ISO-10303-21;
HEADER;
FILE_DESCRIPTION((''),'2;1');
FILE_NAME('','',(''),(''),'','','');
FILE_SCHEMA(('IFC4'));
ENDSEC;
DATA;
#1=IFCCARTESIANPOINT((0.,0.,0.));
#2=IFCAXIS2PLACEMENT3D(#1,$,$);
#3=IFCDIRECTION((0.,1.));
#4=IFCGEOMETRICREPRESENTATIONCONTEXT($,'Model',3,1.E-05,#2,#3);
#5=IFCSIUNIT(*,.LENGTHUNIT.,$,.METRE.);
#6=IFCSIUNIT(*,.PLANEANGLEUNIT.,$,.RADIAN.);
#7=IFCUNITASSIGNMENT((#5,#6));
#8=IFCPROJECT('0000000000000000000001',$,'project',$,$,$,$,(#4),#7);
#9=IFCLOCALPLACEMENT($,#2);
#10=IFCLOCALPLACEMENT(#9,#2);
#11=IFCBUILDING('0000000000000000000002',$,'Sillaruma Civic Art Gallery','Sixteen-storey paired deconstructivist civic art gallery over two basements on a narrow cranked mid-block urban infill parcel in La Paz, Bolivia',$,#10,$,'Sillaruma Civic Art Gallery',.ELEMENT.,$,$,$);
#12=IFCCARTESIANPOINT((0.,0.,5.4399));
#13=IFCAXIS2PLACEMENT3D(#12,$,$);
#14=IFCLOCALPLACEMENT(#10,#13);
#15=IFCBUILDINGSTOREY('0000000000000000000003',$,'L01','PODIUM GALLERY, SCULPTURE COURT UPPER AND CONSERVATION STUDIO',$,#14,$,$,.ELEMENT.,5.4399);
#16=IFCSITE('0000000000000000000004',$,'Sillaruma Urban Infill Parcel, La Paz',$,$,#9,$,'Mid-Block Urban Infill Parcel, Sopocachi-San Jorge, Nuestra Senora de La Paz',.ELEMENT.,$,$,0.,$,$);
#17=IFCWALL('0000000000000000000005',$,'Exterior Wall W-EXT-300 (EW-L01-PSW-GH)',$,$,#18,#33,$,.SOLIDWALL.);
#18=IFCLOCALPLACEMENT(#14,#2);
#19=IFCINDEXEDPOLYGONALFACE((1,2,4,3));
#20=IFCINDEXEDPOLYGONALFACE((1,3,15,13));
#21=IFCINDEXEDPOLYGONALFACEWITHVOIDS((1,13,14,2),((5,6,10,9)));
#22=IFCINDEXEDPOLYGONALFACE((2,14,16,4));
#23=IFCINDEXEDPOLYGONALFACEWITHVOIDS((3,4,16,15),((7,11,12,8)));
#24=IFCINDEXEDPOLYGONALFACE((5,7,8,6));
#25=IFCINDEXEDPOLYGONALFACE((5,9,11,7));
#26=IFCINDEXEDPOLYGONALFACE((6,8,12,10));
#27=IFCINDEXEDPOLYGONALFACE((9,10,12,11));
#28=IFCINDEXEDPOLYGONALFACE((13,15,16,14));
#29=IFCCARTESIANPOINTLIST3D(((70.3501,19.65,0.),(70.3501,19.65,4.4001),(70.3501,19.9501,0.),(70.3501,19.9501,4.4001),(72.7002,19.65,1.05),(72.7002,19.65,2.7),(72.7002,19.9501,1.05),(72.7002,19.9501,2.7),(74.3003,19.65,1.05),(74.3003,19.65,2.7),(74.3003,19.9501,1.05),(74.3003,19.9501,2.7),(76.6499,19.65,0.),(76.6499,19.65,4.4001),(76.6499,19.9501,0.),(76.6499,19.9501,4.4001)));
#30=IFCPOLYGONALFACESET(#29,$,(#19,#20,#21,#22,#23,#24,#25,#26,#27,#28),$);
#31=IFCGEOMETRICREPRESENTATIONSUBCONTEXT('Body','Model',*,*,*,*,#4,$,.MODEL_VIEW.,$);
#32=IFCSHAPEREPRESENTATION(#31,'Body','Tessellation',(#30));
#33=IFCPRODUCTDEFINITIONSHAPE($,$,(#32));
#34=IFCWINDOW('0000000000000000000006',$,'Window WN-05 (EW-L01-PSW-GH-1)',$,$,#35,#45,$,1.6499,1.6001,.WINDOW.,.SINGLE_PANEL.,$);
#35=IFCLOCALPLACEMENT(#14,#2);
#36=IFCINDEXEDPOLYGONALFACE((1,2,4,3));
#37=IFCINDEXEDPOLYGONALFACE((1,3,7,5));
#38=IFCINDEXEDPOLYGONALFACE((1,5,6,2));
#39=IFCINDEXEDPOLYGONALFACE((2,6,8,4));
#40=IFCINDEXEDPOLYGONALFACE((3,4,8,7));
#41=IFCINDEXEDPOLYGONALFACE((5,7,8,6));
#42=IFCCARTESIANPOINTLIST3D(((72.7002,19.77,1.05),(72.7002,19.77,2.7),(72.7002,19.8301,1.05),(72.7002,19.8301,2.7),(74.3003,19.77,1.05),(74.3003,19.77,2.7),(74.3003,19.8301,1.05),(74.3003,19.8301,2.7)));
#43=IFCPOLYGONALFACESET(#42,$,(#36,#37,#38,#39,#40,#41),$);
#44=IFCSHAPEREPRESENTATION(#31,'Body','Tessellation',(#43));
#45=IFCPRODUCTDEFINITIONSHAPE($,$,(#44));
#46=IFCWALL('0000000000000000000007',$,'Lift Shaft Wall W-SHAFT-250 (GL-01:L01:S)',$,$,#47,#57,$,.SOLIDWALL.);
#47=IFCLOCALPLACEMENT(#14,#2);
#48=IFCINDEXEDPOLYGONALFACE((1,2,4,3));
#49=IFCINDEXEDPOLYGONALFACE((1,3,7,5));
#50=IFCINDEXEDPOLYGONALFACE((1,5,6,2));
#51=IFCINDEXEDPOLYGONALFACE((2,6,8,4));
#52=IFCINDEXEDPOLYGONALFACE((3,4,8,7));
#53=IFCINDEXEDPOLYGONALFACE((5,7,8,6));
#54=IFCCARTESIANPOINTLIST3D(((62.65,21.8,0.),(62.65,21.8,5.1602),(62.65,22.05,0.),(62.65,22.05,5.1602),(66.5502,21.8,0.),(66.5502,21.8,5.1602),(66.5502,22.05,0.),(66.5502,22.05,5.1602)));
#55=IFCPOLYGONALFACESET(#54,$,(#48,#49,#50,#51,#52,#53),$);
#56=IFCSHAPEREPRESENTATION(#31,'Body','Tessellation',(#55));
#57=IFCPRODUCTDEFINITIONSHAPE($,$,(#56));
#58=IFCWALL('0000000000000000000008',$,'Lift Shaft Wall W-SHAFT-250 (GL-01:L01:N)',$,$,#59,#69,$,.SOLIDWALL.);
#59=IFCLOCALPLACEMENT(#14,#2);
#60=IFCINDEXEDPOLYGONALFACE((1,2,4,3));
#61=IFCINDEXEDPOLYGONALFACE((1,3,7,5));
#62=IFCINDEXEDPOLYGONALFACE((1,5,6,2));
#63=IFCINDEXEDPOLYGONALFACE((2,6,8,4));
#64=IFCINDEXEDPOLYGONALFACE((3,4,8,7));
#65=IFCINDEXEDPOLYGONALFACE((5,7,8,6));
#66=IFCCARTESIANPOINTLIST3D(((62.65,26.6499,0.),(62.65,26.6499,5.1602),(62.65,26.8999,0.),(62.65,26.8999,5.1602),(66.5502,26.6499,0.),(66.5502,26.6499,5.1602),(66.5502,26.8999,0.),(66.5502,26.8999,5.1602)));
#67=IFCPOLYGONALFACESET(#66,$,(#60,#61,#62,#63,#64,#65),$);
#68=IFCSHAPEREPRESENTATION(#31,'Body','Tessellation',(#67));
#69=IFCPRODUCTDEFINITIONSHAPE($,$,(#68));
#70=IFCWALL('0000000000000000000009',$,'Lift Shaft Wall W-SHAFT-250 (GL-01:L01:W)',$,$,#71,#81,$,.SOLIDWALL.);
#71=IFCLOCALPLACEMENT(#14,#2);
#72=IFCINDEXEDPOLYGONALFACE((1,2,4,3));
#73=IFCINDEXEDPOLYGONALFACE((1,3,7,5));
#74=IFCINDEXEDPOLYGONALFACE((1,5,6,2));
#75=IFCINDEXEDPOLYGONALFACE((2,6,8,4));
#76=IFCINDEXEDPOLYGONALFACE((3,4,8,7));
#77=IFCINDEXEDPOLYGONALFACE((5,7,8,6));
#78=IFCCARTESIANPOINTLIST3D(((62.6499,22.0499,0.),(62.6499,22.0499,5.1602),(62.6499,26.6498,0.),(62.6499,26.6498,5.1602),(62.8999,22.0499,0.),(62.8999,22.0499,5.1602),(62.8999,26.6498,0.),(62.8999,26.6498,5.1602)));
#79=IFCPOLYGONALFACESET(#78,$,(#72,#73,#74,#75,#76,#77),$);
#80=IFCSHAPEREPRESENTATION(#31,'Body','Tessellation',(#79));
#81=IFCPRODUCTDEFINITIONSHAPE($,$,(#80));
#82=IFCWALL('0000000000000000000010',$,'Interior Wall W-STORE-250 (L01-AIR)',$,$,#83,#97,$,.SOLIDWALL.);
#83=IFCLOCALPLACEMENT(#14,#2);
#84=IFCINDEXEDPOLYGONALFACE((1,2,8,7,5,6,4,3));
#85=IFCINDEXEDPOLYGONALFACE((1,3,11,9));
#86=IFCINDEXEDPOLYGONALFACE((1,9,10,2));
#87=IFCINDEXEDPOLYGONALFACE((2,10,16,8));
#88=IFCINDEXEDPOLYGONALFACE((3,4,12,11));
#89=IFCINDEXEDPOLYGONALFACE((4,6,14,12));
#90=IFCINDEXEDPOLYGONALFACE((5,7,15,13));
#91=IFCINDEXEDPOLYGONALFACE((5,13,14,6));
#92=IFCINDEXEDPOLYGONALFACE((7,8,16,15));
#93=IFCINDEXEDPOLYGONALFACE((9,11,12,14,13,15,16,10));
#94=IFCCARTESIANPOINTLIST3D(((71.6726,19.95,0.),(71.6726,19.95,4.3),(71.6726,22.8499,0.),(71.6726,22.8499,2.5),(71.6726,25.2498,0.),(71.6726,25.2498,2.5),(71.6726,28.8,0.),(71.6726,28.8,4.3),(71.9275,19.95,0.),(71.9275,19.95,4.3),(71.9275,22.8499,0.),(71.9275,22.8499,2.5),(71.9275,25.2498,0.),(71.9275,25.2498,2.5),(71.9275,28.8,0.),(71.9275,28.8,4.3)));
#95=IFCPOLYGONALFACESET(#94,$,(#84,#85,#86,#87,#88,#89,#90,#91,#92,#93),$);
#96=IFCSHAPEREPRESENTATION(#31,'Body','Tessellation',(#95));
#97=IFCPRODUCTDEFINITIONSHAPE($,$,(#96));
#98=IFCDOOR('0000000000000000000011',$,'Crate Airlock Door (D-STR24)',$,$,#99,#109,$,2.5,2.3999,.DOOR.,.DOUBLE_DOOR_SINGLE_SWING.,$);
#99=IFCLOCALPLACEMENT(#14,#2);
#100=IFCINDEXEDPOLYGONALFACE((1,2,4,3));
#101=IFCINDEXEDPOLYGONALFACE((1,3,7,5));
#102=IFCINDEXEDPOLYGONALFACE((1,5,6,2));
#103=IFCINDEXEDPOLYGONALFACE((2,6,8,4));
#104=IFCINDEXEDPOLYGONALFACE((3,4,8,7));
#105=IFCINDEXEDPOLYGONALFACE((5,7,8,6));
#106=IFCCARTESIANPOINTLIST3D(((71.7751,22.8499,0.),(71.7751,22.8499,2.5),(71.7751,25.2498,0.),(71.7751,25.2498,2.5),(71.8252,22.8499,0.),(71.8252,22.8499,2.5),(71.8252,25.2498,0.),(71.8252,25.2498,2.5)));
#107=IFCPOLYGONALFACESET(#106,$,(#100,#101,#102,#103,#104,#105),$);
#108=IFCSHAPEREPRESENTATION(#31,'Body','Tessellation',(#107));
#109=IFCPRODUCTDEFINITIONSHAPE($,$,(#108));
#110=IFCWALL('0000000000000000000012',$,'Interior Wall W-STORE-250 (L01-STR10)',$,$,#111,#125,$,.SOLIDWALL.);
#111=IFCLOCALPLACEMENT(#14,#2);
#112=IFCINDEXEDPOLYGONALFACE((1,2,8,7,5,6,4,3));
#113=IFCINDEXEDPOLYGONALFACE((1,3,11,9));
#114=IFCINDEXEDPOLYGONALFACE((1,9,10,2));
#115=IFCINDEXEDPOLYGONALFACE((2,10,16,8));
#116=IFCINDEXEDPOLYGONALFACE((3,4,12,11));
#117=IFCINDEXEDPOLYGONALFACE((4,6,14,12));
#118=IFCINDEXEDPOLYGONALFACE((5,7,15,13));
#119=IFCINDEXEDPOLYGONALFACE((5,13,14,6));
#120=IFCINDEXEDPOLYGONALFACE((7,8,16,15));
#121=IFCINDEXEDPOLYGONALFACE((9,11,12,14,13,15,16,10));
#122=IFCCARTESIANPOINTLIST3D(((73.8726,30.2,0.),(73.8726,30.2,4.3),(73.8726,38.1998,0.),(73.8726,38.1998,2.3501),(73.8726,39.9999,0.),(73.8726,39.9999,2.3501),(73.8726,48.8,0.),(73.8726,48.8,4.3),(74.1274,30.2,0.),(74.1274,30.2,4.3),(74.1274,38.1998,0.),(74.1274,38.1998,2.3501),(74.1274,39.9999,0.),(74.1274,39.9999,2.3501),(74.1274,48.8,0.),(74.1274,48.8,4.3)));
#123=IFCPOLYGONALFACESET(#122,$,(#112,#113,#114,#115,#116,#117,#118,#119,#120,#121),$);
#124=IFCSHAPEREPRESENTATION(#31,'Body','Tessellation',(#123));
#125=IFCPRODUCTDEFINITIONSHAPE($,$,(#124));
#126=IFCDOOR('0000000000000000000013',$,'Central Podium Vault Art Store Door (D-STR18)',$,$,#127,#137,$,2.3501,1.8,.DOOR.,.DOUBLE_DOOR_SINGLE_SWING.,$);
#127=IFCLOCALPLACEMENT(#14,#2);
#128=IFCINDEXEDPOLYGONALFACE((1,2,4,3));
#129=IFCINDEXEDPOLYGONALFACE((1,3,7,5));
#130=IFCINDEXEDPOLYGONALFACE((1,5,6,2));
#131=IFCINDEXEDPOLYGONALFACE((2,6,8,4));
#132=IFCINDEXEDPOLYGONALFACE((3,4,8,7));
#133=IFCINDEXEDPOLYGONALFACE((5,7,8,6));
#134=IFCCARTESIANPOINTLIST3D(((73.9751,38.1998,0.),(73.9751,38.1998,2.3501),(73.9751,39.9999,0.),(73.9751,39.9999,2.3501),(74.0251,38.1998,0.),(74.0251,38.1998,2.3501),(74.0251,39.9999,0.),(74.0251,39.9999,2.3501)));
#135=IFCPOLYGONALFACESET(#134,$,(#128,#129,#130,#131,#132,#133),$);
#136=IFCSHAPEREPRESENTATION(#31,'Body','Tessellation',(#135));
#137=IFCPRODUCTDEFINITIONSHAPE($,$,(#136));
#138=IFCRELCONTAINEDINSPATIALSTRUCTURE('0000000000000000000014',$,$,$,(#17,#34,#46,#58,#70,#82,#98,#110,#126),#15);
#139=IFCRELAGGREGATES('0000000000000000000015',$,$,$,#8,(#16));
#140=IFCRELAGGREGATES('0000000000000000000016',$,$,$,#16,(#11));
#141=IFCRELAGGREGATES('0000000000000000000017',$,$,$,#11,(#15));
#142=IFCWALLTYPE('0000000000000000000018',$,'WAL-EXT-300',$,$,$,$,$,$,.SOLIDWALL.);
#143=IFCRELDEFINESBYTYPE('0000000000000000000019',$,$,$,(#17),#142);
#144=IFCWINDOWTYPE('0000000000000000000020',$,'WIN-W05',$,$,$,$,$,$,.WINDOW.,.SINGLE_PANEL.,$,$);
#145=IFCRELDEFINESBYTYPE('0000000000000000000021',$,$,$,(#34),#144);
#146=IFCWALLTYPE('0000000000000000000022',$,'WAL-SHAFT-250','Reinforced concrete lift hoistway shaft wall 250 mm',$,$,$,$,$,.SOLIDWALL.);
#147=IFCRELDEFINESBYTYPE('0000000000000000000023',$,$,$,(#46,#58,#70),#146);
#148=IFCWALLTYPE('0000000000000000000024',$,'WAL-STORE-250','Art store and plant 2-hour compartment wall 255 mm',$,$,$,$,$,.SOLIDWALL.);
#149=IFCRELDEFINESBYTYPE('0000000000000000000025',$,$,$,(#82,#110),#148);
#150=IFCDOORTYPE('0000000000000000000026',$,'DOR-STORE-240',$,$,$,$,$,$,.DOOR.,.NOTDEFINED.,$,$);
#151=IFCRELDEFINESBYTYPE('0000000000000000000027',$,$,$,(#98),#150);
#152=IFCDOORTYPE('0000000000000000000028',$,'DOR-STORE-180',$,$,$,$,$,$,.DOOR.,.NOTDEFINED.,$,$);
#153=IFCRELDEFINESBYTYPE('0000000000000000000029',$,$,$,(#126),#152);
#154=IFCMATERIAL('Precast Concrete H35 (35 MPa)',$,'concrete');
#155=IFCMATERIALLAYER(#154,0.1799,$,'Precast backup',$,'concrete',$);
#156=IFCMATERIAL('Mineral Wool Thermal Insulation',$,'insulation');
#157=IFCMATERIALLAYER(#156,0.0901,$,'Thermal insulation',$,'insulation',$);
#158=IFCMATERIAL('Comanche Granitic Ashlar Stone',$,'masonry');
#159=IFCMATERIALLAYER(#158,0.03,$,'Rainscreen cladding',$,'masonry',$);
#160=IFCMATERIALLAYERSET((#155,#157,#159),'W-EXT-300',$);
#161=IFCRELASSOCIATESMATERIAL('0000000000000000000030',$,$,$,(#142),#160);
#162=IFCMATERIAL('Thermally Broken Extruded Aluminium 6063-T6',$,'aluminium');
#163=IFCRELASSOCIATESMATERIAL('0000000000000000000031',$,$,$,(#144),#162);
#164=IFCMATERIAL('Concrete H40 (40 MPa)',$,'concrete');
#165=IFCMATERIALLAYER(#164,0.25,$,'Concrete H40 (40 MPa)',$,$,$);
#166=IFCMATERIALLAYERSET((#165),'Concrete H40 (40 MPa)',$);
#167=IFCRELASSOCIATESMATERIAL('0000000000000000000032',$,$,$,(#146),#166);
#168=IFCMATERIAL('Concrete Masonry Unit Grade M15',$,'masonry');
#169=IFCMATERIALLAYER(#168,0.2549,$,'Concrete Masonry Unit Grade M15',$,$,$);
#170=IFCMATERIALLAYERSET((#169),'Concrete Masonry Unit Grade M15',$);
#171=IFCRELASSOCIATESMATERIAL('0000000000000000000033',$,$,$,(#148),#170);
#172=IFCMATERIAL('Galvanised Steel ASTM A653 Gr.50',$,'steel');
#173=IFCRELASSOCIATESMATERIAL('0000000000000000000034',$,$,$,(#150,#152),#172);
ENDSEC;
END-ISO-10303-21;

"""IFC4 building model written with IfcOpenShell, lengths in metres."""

from ifc_helpers import new_model, si_unit, direction, frame, frame_2d, origin, place, context, subcontext, project, spatial, rectangle, extrude, material, layer, layer_set, type_object, element, fill, save


model = new_model("IFC4")

# Units and contexts
model_context = context("Model", 3, precision=1e-05, world=origin(), true_north=direction((0.0, 1.0)))
body_context = subcontext(model_context, "Body", "Model", "MODEL_VIEW")
ifc_project = project(units=[si_unit("LENGTHUNIT", "METRE"), si_unit("PLANEANGLEUNIT", "RADIAN")], contexts=[model_context])

# Site, building, storey
site_placement = place(None, origin())
site = spatial("IfcSite", under=ifc_project, at=site_placement, Name="Sillaruma Urban Infill Parcel, La Paz", LongName="Mid-Block Urban Infill Parcel, Sopocachi-San Jorge, Nuestra Senora de La Paz", CompositionType="ELEMENT", RefElevation=0.0)
building_placement = place(site_placement, origin())
building = spatial("IfcBuilding", under=site, at=building_placement, Name="Sillaruma Civic Art Gallery", Description="Sixteen-storey paired deconstructivist civic art gallery over two basements on a narrow cranked mid-block urban infill parcel in La Paz, Bolivia", LongName="Sillaruma Civic Art Gallery", CompositionType="ELEMENT")
storey_placement = place(building_placement, frame((0.0, 0.0, 5.4399)))
storey = spatial("IfcBuildingStorey", under=building, at=storey_placement, Name="L01", Description="PODIUM GALLERY, SCULPTURE COURT UPPER AND CONSERVATION STUDIO", CompositionType="ELEMENT", Elevation=5.4399)

# Shared definitions
ifc_material_1 = material(Name="Concrete H40 (40 MPa)", Category="concrete")

# Shared definitions
ifc_material_2 = material(Name="Galvanised Steel ASTM A653 Gr.50", Category="steel")

# Wall, opening, window
ifc_material_3 = material(Name="Precast Concrete H35 (35 MPa)", Category="concrete")
ifc_layer_1 = layer(ifc_material_3, 0.1799, Name="Precast backup", Category="concrete")
ifc_material_4 = material(Name="Mineral Wool Thermal Insulation", Category="insulation")
ifc_layer_2 = layer(ifc_material_4, 0.0901, Name="Thermal insulation", Category="insulation")
ifc_material_5 = material(Name="Comanche Granitic Ashlar Stone", Category="masonry")
ifc_layer_3 = layer(ifc_material_5, 0.03, Name="Rainscreen cladding", Category="masonry")
ifc_layer_set_1 = layer_set([ifc_layer_1, ifc_layer_2, ifc_layer_3], Name="W-EXT-300")
wall_type_1 = type_object("IfcWallType", Name="WAL-EXT-300", PredefinedType="SOLIDWALL", material=ifc_layer_set_1)
ifc_material_6 = material(Name="Thermally Broken Extruded Aluminium 6063-T6", Category="aluminium")
wall_1_placement = place(storey_placement, frame((70.3501, 19.8, 0.0), z_axis=(0.0, 0.0, 1.0), x_axis=(1.0, 0.0, 0.0)))
wall_1 = element("IfcWall", 1, at=wall_1_placement, inside=storey, type_object=wall_type_1, Name="Exterior Wall W-EXT-300 (EW-L01-PSW-GH)", PredefinedType="SOLIDWALL", context=body_context, shape_type="SweptSolid", body=[
    extrude(rectangle(XDim=6.2998, YDim=0.3, at=frame_2d((3.1499, 0.0))), origin(), (0.0, 0.0, 1.0), 4.4001),
])
opening_1_placement = place(wall_1_placement, frame((2.3501, 0.0, 1.05)))
opening_1 = element("IfcOpeningElement", 2, at=opening_1_placement, cuts=wall_1, PredefinedType="OPENING", context=body_context, shape_type="SweptSolid", body=[
    extrude(rectangle(XDim=1.6001, YDim=1.6499, at=frame_2d((0.8, 0.825))), frame((0.0, 0.1599, 0.0), z_axis=(0.0, -1.0, 0.0), x_axis=(1.0, 0.0, 0.0)), (0.0, 0.0, 1.0), 0.3201),
])
window_type_1 = type_object("IfcWindowType", Name="WIN-W05", PartitioningType="SINGLE_PANEL", PredefinedType="WINDOW", material=ifc_material_6)
window_1_placement = place(opening_1_placement, origin())
window_1 = element("IfcWindow", 3, at=window_1_placement, inside=storey, type_object=window_type_1, Name="Window WN-05 (EW-L01-PSW-GH-1)", OverallHeight=1.6499, OverallWidth=1.6001, PartitioningType="SINGLE_PANEL", PredefinedType="WINDOW", context=body_context, shape_type="SweptSolid", body=[
    extrude(rectangle(XDim=1.6001, YDim=1.6499, at=frame_2d((0.8, 0.825))), frame((0.0, 0.03, 0.0), z_axis=(0.0, -1.0, 0.0), x_axis=(1.0, 0.0, 0.0)), (0.0, 0.0, 1.0), 0.0601),
])
fill(opening_1, window_1)

# Walls
ifc_layer_4 = layer(ifc_material_1, 0.25, Name="Concrete H40 (40 MPa)")
ifc_layer_set_2 = layer_set([ifc_layer_4], Name="Concrete H40 (40 MPa)")
wall_type_2 = type_object("IfcWallType", Name="WAL-SHAFT-250", Description="Reinforced concrete lift hoistway shaft wall 250 mm", PredefinedType="SOLIDWALL", material=ifc_layer_set_2)
for number, where, z_axis, x_axis, name in (
    (4, (62.6499, 21.925, 0.0), (0.0, 0.0, 1.0), (1.0, 0.0, 0.0), "Lift Shaft Wall W-SHAFT-250 (GL-01:L01:S)"),
    (5, (62.6499, 26.7749, 0.0), (0.0, 0.0, 1.0), (1.0, 0.0, 0.0), "Lift Shaft Wall W-SHAFT-250 (GL-01:L01:N)"),
):
    element("IfcWall", number, at=place(storey_placement, frame(where, z_axis=z_axis, x_axis=x_axis)), inside=storey, type_object=wall_type_2, Name=name, PredefinedType="SOLIDWALL", context=body_context, shape_type="SweptSolid", body=[
        extrude(rectangle(XDim=3.9001, YDim=0.25, at=frame_2d((1.9502, 0.0))), origin(), (0.0, 0.0, 1.0), 5.1602),
    ])
wall_2_placement = place(storey_placement, frame((62.7749, 22.05, 0.0), z_axis=(0.0, 0.0, 1.0), x_axis=(0.0, 1.0, 0.0)))
element("IfcWall", 6, at=wall_2_placement, inside=storey, type_object=wall_type_2, Name="Lift Shaft Wall W-SHAFT-250 (GL-01:L01:W)", PredefinedType="SOLIDWALL", context=body_context, shape_type="SweptSolid", body=[
    extrude(rectangle(XDim=4.5999, YDim=0.25, at=frame_2d((2.2998, 0.0))), origin(), (0.0, 0.0, 1.0), 5.1602),
])

# Walls, openings, doors
ifc_material_7 = material(Name="Concrete Masonry Unit Grade M15", Category="masonry")
ifc_layer_5 = layer(ifc_material_7, 0.2549, Name="Concrete Masonry Unit Grade M15")
ifc_layer_set_3 = layer_set([ifc_layer_5], Name="Concrete Masonry Unit Grade M15")
wall_type_3 = type_object("IfcWallType", Name="WAL-STORE-250", Description="Art store and plant 2-hour compartment wall 255 mm", PredefinedType="SOLIDWALL", material=ifc_layer_set_3)
wall_3_placement = place(storey_placement, frame((71.8, 19.95, 0.0), z_axis=(0.0, 0.0, 1.0), x_axis=(0.0, 1.0, 0.0)))
wall_3 = element("IfcWall", 7, at=wall_3_placement, inside=storey, type_object=wall_type_3, Name="Interior Wall W-STORE-250 (L01-AIR)", PredefinedType="SOLIDWALL", context=body_context, shape_type="SweptSolid", body=[
    extrude(rectangle(XDim=8.8501, YDim=0.2549, at=frame_2d((4.425, 0.0))), origin(), (0.0, 0.0, 1.0), 4.3),
])
opening_2_placement = place(wall_3_placement, frame((2.8999, 0.0, 0.0)))
opening_2 = element("IfcOpeningElement", 8, at=opening_2_placement, cuts=wall_3, PredefinedType="OPENING", context=body_context, shape_type="SweptSolid", body=[
    extrude(rectangle(XDim=2.3999, YDim=2.5, at=frame_2d((1.2, 1.25))), frame((0.0, 0.1375, 0.0), z_axis=(0.0, -1.0, 0.0), x_axis=(1.0, 0.0, 0.0)), (0.0, 0.0, 1.0), 0.2749),
])
door_type_1 = type_object("IfcDoorType", Name="DOR-STORE-240", OperationType="NOTDEFINED", PredefinedType="DOOR", material=ifc_material_2)
door_1_placement = place(opening_2_placement, origin())
door_1 = element("IfcDoor", 9, at=door_1_placement, inside=storey, type_object=door_type_1, Name="Crate Airlock Door (D-STR24)", OperationType="DOUBLE_DOOR_SINGLE_SWING", OverallHeight=2.5, OverallWidth=2.3999, PredefinedType="DOOR", context=body_context, shape_type="SweptSolid", body=[
    extrude(rectangle(XDim=2.3999, YDim=2.5, at=frame_2d((1.2, 1.25))), frame((0.0, 0.0249, 0.0), z_axis=(0.0, -1.0, 0.0), x_axis=(1.0, 0.0, 0.0)), (0.0, 0.0, 1.0), 0.05),
])
fill(opening_2, door_1)
wall_4_placement = place(storey_placement, frame((74.0, 30.2, 0.0), z_axis=(0.0, 0.0, 1.0), x_axis=(0.0, 1.0, 0.0)))
wall_4 = element("IfcWall", 10, at=wall_4_placement, inside=storey, type_object=wall_type_3, Name="Interior Wall W-STORE-250 (L01-STR10)", PredefinedType="SOLIDWALL", context=body_context, shape_type="SweptSolid", body=[
    extrude(rectangle(XDim=18.6001, YDim=0.2549, at=frame_2d((9.3, 0.0))), origin(), (0.0, 0.0, 1.0), 4.3),
])
opening_3_placement = place(wall_4_placement, frame((8.0, 0.0, 0.0)))
opening_3 = element("IfcOpeningElement", 11, at=opening_3_placement, cuts=wall_4, PredefinedType="OPENING", context=body_context, shape_type="SweptSolid", body=[
    extrude(rectangle(XDim=1.8, YDim=2.3501, at=frame_2d((0.8999, 1.175))), frame((0.0, 0.1375, 0.0), z_axis=(0.0, -1.0, 0.0), x_axis=(1.0, 0.0, 0.0)), (0.0, 0.0, 1.0), 0.2749),
])
door_type_2 = type_object("IfcDoorType", Name="DOR-STORE-180", OperationType="NOTDEFINED", PredefinedType="DOOR", material=ifc_material_2)
door_2_placement = place(opening_3_placement, origin())
door_2 = element("IfcDoor", 12, at=door_2_placement, inside=storey, type_object=door_type_2, Name="Central Podium Vault Art Store Door (D-STR18)", OperationType="DOUBLE_DOOR_SINGLE_SWING", OverallHeight=2.3501, OverallWidth=1.8, PredefinedType="DOOR", context=body_context, shape_type="SweptSolid", body=[
    extrude(rectangle(XDim=1.8, YDim=2.3501, at=frame_2d((0.8999, 1.175))), frame((0.0, 0.0249, 0.0), z_axis=(0.0, -1.0, 0.0), x_axis=(1.0, 0.0, 0.0)), (0.0, 0.0, 1.0), 0.05),
])
fill(opening_3, door_2)

save(model, "model.ifc")
